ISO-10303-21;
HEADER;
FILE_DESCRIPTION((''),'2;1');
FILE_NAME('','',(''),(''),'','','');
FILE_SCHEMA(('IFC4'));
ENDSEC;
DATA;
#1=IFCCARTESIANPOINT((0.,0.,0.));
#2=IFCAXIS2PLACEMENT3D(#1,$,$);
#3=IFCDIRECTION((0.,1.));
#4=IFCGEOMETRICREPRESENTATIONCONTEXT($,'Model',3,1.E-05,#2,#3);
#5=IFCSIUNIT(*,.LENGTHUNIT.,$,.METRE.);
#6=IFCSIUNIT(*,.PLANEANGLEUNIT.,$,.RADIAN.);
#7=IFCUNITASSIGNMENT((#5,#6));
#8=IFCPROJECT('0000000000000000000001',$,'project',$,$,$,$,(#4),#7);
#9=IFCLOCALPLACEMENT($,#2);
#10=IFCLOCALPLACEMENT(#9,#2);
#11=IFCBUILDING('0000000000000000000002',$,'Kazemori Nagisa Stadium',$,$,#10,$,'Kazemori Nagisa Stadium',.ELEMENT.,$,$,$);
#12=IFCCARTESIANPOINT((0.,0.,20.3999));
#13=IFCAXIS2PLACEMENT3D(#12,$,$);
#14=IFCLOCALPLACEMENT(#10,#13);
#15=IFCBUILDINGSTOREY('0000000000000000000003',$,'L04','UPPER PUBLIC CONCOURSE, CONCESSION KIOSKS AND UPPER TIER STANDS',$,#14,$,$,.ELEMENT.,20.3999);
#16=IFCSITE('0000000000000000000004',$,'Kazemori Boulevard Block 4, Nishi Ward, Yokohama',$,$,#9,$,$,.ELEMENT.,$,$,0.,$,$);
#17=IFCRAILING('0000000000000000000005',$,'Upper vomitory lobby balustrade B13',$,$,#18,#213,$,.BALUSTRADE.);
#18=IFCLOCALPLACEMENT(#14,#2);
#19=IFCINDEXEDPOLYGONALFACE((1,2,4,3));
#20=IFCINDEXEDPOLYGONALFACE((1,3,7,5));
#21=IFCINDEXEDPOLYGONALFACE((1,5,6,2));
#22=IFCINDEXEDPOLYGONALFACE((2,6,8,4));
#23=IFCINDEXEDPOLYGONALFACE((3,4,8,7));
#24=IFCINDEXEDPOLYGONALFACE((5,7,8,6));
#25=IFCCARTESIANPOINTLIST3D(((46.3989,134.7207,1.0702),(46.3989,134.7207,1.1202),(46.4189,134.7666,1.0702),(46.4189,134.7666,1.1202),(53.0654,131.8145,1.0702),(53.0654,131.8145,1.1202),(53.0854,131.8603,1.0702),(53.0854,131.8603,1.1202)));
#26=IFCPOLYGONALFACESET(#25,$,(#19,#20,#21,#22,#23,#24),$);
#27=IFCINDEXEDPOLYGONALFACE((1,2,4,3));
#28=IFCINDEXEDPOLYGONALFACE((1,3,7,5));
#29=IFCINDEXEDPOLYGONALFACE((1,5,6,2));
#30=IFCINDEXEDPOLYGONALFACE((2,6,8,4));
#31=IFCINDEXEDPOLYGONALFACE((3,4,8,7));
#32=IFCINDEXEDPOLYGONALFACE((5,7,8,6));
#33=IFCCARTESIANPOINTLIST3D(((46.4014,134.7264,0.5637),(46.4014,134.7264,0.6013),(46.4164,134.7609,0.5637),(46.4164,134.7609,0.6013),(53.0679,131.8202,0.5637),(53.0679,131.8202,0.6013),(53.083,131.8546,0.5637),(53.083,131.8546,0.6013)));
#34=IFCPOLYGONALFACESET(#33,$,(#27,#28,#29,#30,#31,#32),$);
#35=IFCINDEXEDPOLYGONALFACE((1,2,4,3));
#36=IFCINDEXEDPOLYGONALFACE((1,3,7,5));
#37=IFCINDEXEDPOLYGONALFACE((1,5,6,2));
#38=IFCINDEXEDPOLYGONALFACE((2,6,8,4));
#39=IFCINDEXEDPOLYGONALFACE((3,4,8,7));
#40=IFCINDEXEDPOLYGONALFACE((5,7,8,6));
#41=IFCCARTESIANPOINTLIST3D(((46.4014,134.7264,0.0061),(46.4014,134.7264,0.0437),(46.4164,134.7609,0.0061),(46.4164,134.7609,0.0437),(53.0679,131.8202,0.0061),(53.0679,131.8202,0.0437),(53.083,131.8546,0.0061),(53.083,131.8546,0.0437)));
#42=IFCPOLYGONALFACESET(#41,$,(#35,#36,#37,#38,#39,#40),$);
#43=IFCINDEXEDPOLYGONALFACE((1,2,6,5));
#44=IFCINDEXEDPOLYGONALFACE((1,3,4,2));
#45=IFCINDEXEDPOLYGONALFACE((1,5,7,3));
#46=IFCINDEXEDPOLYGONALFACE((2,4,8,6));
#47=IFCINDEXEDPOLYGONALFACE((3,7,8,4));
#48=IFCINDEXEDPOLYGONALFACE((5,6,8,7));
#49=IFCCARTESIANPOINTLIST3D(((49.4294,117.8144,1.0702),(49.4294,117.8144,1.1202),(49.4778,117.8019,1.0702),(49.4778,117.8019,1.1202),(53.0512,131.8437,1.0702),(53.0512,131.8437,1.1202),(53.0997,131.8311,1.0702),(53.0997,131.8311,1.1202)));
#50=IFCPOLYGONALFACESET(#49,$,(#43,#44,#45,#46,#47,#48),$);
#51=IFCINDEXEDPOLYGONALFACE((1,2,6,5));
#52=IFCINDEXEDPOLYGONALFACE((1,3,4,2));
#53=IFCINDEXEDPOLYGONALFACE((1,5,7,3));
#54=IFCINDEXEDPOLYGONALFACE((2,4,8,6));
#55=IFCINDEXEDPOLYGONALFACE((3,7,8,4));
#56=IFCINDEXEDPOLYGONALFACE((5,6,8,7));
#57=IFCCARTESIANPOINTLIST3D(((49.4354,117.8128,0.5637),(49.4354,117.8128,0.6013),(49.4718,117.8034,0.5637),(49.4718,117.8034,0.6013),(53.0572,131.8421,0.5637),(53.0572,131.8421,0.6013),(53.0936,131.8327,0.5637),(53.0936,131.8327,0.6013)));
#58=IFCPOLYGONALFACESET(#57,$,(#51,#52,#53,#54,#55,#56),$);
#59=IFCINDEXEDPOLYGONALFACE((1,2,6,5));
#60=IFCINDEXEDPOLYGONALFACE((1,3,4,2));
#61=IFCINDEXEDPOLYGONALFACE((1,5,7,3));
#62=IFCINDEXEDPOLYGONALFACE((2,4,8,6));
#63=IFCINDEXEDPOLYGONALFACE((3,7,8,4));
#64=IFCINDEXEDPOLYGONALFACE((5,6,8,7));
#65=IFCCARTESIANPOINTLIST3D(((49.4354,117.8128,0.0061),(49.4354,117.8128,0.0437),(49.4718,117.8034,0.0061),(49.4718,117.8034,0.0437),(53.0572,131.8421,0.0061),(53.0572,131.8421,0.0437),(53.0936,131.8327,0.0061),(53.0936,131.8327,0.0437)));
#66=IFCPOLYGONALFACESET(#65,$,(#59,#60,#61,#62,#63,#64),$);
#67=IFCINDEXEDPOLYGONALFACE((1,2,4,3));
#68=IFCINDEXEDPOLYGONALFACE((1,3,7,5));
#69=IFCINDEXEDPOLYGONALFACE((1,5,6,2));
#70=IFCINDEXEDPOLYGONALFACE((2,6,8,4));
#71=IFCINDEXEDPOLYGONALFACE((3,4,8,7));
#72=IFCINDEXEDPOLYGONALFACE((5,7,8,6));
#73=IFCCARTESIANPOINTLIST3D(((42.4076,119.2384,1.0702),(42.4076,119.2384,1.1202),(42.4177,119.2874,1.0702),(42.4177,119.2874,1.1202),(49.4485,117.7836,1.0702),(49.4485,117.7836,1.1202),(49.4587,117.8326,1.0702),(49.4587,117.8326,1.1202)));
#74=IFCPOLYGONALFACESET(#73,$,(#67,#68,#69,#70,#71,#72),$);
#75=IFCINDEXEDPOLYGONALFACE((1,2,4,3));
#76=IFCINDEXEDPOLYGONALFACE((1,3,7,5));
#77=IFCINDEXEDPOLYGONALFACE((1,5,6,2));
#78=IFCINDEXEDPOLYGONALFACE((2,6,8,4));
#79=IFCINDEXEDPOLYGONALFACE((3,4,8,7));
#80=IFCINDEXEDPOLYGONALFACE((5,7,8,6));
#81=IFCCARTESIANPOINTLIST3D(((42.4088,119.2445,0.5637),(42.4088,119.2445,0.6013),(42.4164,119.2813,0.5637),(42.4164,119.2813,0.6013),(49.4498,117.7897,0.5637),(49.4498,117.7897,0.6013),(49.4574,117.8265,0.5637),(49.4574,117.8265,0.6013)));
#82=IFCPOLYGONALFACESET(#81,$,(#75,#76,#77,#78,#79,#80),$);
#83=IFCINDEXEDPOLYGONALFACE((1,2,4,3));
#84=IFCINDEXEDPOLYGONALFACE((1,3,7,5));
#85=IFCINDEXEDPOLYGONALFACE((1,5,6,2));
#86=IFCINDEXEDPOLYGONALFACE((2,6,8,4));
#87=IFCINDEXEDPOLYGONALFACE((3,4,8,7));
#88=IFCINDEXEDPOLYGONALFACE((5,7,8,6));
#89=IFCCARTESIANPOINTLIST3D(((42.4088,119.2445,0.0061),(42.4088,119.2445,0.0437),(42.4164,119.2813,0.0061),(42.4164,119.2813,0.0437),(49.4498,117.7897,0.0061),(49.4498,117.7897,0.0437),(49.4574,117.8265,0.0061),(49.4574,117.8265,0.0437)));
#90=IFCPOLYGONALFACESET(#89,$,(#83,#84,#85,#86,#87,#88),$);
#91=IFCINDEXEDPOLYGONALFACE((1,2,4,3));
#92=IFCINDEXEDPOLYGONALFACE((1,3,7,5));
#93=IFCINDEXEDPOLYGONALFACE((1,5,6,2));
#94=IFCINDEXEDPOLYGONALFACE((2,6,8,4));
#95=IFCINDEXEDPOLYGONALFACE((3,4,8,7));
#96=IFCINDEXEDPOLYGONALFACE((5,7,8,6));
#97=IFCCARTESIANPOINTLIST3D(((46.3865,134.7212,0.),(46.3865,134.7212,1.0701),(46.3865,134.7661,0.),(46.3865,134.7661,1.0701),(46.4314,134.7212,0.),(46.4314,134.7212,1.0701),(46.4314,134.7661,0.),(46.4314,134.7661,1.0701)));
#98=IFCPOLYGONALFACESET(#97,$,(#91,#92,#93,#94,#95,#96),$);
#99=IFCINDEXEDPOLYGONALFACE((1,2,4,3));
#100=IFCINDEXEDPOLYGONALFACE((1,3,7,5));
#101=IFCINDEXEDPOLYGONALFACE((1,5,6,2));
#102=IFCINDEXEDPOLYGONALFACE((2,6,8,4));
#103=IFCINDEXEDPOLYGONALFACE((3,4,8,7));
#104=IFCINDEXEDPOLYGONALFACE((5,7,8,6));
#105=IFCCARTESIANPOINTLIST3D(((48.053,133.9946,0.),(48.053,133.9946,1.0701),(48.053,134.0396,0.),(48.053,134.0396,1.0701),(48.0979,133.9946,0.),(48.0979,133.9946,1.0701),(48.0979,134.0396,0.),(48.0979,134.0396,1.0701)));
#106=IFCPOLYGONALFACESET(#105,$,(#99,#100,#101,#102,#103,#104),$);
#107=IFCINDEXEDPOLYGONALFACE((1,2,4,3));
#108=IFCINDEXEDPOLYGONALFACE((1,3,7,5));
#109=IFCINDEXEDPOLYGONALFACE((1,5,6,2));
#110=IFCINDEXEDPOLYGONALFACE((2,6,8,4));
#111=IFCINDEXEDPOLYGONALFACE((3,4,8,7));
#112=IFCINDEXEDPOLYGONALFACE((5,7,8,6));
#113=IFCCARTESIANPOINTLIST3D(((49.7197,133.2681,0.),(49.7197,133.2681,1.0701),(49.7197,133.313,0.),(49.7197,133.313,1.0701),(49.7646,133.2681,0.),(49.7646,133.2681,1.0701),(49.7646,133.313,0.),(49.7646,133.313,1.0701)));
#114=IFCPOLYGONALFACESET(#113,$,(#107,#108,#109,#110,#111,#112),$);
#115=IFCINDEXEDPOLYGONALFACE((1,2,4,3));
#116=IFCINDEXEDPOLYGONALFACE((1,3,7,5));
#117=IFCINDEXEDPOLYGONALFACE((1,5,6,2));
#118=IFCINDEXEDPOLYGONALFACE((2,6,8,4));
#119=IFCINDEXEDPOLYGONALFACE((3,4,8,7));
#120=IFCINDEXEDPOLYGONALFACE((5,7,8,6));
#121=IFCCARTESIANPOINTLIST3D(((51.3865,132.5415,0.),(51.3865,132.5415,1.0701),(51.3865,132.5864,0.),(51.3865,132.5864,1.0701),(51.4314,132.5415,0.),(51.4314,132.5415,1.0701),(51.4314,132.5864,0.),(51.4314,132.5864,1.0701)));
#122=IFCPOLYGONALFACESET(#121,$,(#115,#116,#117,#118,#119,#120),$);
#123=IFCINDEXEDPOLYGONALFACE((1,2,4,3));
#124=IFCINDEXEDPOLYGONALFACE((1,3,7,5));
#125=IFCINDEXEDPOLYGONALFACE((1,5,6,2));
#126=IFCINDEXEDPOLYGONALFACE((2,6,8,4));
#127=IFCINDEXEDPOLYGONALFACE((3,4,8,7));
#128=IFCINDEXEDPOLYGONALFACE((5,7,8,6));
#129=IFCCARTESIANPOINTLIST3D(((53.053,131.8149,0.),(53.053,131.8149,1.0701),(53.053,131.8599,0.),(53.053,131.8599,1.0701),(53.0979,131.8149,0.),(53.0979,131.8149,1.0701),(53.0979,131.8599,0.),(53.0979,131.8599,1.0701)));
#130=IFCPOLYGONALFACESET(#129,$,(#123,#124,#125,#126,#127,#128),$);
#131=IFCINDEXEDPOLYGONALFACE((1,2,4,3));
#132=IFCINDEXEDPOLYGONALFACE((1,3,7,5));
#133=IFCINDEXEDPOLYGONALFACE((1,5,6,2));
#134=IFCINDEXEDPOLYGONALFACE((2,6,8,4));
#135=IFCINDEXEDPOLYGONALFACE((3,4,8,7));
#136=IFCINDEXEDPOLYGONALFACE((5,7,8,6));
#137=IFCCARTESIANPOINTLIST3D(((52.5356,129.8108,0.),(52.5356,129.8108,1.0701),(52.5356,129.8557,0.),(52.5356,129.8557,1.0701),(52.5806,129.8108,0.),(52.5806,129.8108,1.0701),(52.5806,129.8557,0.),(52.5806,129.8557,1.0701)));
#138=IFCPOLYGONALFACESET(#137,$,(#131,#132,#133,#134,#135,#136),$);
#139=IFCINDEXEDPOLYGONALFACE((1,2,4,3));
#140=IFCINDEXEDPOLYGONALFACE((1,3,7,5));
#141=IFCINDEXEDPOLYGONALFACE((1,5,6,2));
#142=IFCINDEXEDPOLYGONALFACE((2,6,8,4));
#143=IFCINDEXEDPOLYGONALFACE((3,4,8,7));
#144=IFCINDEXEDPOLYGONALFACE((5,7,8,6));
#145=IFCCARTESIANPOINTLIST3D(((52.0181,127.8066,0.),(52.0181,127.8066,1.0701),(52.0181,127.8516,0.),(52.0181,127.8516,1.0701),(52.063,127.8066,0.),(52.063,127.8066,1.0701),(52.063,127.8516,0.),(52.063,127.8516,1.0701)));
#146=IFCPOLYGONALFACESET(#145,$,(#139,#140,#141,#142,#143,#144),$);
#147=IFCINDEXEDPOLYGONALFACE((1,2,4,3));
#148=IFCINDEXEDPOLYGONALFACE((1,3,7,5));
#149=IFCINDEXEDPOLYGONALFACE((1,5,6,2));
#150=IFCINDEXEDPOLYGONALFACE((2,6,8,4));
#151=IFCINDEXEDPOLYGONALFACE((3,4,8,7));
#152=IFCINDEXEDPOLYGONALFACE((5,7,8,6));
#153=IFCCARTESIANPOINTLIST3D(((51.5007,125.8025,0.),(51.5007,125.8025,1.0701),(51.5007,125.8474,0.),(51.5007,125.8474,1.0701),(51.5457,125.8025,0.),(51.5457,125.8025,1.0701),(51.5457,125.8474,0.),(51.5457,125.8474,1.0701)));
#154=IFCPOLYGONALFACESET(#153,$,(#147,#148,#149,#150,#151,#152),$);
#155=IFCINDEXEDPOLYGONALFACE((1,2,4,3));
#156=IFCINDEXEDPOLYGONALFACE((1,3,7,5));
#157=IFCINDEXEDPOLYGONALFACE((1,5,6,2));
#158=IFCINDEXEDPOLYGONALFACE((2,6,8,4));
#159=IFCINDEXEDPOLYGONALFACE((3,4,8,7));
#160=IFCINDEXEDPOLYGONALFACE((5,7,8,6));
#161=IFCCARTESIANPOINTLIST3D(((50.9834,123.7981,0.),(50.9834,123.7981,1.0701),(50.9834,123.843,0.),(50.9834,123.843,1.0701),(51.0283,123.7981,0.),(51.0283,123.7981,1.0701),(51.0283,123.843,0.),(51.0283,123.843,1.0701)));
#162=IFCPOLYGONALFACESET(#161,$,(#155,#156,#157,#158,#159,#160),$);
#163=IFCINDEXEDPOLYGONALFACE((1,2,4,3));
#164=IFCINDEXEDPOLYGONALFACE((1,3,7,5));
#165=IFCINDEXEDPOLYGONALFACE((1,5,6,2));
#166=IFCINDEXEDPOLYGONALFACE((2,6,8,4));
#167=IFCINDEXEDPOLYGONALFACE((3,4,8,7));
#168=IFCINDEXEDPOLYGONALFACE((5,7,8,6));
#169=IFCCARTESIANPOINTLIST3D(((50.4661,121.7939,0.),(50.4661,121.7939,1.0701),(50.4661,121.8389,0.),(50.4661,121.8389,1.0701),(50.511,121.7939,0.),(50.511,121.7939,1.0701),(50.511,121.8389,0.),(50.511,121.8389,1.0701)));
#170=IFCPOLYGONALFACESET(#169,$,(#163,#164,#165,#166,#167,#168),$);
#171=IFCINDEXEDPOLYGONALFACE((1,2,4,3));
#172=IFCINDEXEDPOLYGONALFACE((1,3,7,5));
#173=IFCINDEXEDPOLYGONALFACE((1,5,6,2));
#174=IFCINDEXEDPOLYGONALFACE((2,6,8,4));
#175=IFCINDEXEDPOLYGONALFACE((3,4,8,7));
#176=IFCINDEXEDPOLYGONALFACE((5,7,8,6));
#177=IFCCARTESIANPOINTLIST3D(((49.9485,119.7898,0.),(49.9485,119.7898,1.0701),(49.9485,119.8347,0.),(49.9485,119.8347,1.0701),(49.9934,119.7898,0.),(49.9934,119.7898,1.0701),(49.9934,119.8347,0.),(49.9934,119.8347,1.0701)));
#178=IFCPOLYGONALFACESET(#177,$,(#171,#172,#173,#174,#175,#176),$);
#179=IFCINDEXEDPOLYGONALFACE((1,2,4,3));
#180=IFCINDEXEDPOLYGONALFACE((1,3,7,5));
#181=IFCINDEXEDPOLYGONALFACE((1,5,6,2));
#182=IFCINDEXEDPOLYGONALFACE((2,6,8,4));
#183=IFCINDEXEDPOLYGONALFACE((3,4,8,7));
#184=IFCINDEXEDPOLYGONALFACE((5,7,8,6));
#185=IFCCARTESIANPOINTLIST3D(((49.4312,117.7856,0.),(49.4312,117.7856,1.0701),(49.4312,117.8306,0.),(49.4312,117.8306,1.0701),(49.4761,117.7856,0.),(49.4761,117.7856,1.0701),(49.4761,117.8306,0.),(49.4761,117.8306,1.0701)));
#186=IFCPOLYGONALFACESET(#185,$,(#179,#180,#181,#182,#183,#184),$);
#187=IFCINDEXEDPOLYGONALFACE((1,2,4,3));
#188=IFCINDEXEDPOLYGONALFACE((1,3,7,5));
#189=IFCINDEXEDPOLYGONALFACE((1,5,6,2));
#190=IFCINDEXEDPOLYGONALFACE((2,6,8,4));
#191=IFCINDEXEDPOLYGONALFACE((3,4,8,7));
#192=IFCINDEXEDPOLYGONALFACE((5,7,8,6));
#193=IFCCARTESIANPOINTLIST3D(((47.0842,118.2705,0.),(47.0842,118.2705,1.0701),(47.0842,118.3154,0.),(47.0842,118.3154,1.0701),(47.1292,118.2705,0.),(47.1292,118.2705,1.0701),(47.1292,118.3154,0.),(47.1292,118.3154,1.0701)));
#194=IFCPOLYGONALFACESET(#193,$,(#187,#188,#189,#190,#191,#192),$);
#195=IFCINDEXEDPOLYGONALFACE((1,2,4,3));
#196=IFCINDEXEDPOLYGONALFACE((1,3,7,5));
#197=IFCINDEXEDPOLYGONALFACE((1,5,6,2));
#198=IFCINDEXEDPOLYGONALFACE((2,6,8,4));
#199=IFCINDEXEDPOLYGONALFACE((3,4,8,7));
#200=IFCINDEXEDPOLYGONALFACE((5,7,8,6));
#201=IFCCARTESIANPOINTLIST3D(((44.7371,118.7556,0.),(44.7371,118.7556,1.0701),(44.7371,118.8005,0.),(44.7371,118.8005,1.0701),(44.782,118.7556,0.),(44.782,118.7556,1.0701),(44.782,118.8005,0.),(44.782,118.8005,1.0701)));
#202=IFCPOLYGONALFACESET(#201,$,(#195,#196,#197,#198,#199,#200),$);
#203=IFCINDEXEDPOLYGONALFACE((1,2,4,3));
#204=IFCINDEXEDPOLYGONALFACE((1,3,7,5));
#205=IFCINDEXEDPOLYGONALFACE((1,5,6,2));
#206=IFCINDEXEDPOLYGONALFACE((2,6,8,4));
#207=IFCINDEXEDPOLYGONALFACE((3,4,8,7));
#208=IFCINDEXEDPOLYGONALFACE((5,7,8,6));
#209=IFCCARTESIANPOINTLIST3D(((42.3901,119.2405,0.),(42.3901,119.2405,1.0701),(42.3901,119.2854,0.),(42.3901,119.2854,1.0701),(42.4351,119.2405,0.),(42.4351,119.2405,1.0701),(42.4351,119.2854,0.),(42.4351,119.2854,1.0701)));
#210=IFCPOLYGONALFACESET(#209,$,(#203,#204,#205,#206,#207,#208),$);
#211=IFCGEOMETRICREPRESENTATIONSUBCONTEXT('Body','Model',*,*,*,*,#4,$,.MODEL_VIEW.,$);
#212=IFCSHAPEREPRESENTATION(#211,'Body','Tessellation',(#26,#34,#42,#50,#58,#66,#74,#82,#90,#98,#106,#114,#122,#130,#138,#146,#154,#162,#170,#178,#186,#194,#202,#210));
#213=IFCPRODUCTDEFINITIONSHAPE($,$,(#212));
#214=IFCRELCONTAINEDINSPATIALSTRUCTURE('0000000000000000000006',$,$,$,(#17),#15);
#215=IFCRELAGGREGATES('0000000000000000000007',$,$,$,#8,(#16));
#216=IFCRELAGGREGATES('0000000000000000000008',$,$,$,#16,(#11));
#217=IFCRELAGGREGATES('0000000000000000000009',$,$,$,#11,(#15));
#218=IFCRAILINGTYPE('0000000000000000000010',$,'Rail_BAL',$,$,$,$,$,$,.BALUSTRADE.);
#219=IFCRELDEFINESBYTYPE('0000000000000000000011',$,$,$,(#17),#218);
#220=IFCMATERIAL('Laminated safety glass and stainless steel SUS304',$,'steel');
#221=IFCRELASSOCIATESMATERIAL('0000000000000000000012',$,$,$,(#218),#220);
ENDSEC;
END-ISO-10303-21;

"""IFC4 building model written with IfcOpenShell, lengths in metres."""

from ifc_helpers import new_model, si_unit, direction, frame, origin, origin_2d, place, context, subcontext, project, spatial, rectangle, extrude, material, type_object, element, save


model = new_model("IFC4")

# Units and contexts
model_context = context("Model", 3, precision=1e-05, world=origin(), true_north=direction((0.0, 1.0)))
body_context = subcontext(model_context, "Body", "Model", "MODEL_VIEW")
ifc_project = project(units=[si_unit("LENGTHUNIT", "METRE"), si_unit("PLANEANGLEUNIT", "RADIAN")], contexts=[model_context])

# Site, building, storey
site_placement = place(None, origin())
site = spatial("IfcSite", under=ifc_project, at=site_placement, Name="Kazemori Boulevard Block 4, Nishi Ward, Yokohama", CompositionType="ELEMENT", RefElevation=0.0)
building_placement = place(site_placement, origin())
building = spatial("IfcBuilding", under=site, at=building_placement, Name="Kazemori Nagisa Stadium", LongName="Kazemori Nagisa Stadium", CompositionType="ELEMENT")
storey_placement = place(building_placement, frame((0.0, 0.0, 20.3999)))
storey = spatial("IfcBuildingStorey", under=building, at=storey_placement, Name="L04", Description="UPPER PUBLIC CONCOURSE, CONCESSION KIOSKS AND UPPER TIER STANDS", CompositionType="ELEMENT", Elevation=20.3999)

# Railing
ifc_material_1 = material(Name="Laminated safety glass and stainless steel SUS304", Category="steel")
railing_type_1 = type_object("IfcRailingType", Name="Rail_BAL", PredefinedType="BALUSTRADE", material=ifc_material_1)
railing_1_placement = place(storey_placement, frame((46.4089, 134.7437, 0.0)))
element("IfcRailing", 1, at=railing_1_placement, inside=storey, type_object=railing_type_1, Name="Upper vomitory lobby balustrade B13", PredefinedType="BALUSTRADE", context=body_context, shape_type="SweptSolid", body=[
    extrude(rectangle(XDim=0.05, YDim=0.05, at=origin_2d()), frame((0.0, 0.0, 1.0952), z_axis=(0.916679, -0.399624, 0.0), x_axis=(0.399624, 0.916679, 0.0)), (0.0, 0.0, 1.0), 7.2725),
    extrude(rectangle(XDim=0.0376, YDim=0.0376, at=origin_2d()), frame((0.0, 0.0, 0.5825), z_axis=(0.916679, -0.399624, 0.0), x_axis=(0.399624, 0.916679, 0.0)), (0.0, 0.0, 1.0), 7.2725),
    extrude(rectangle(XDim=0.0376, YDim=0.0376, at=origin_2d()), frame((0.0, 0.0, 0.0249), z_axis=(0.916679, -0.399624, 0.0), x_axis=(0.399624, 0.916679, 0.0)), (0.0, 0.0, 1.0), 7.2725),
    extrude(rectangle(XDim=0.05, YDim=0.05, at=origin_2d()), frame((6.6665, -2.9062, 1.0952), z_axis=(-0.249966, -0.968255, 0.0), x_axis=(0.968255, -0.249966, 0.0)), (0.0, 0.0, 1.0), 14.4893),
    extrude(rectangle(XDim=0.0376, YDim=0.0376, at=origin_2d()), frame((6.6665, -2.9062, 0.5825), z_axis=(-0.249966, -0.968255, 0.0), x_axis=(0.968255, -0.249966, 0.0)), (0.0, 0.0, 1.0), 14.4893),
    extrude(rectangle(XDim=0.0376, YDim=0.0376, at=origin_2d()), frame((6.6665, -2.9062, 0.0249), z_axis=(-0.249966, -0.968255, 0.0), x_axis=(0.968255, -0.249966, 0.0)), (0.0, 0.0, 1.0), 14.4893),
    extrude(rectangle(XDim=0.05, YDim=0.05, at=origin_2d()), frame((3.0447, -16.9355, 1.0952), z_axis=(-0.979314, 0.202348, 0.0), x_axis=(-0.202348, -0.979314, 0.0)), (0.0, 0.0, 1.0), 7.1897),
    extrude(rectangle(XDim=0.0376, YDim=0.0376, at=origin_2d()), frame((3.0447, -16.9355, 0.5825), z_axis=(-0.979314, 0.202348, 0.0), x_axis=(-0.202348, -0.979314, 0.0)), (0.0, 0.0, 1.0), 7.1897),
    extrude(rectangle(XDim=0.0376, YDim=0.0376, at=origin_2d()), frame((3.0447, -16.9355, 0.0249), z_axis=(-0.979314, 0.202348, 0.0), x_axis=(-0.202348, -0.979314, 0.0)), (0.0, 0.0, 1.0), 7.1897),
    extrude(rectangle(XDim=0.0449, YDim=0.0449, at=origin_2d()), origin(), (0.0, 0.0, 1.0), 1.0701),
    extrude(rectangle(XDim=0.0449, YDim=0.0449, at=origin_2d()), frame((1.6665, -0.7266, 0.0)), (0.0, 0.0, 1.0), 1.0701),
    extrude(rectangle(XDim=0.0449, YDim=0.0449, at=origin_2d()), frame((3.3333, -1.4531, 0.0)), (0.0, 0.0, 1.0), 1.0701),
    extrude(rectangle(XDim=0.0449, YDim=0.0449, at=origin_2d()), frame((5.0, -2.1797, 0.0)), (0.0, 0.0, 1.0), 1.0701),
    extrude(rectangle(XDim=0.0449, YDim=0.0449, at=origin_2d()), frame((6.6665, -2.9062, 0.0)), (0.0, 0.0, 1.0), 1.0701),
    extrude(rectangle(XDim=0.0449, YDim=0.0449, at=origin_2d()), frame((6.1492, -4.9104, 0.0)), (0.0, 0.0, 1.0), 1.0701),
    extrude(rectangle(XDim=0.0449, YDim=0.0449, at=origin_2d()), frame((5.6316, -6.9146, 0.0)), (0.0, 0.0, 1.0), 1.0701),
    extrude(rectangle(XDim=0.0449, YDim=0.0449, at=origin_2d()), frame((5.1143, -8.9187, 0.0)), (0.0, 0.0, 1.0), 1.0701),
    extrude(rectangle(XDim=0.0449, YDim=0.0449, at=origin_2d()), frame((4.5969, -10.9231, 0.0)), (0.0, 0.0, 1.0), 1.0701),
    extrude(rectangle(XDim=0.0449, YDim=0.0449, at=origin_2d()), frame((4.0796, -12.9272, 0.0)), (0.0, 0.0, 1.0), 1.0701),
    extrude(rectangle(XDim=0.0449, YDim=0.0449, at=origin_2d()), frame((3.562, -14.9314, 0.0)), (0.0, 0.0, 1.0), 1.0701),
    extrude(rectangle(XDim=0.0449, YDim=0.0449, at=origin_2d()), frame((3.0447, -16.9355, 0.0)), (0.0, 0.0, 1.0), 1.0701),
    extrude(rectangle(XDim=0.0449, YDim=0.0449, at=origin_2d()), frame((0.6978, -16.4507, 0.0)), (0.0, 0.0, 1.0), 1.0701),
    extrude(rectangle(XDim=0.0449, YDim=0.0449, at=origin_2d()), frame((-1.6494, -15.9656, 0.0)), (0.0, 0.0, 1.0), 1.0701),
    extrude(rectangle(XDim=0.0449, YDim=0.0449, at=origin_2d()), frame((-3.9963, -15.4807, 0.0)), (0.0, 0.0, 1.0), 1.0701),
])

save(model, "model.ifc")
